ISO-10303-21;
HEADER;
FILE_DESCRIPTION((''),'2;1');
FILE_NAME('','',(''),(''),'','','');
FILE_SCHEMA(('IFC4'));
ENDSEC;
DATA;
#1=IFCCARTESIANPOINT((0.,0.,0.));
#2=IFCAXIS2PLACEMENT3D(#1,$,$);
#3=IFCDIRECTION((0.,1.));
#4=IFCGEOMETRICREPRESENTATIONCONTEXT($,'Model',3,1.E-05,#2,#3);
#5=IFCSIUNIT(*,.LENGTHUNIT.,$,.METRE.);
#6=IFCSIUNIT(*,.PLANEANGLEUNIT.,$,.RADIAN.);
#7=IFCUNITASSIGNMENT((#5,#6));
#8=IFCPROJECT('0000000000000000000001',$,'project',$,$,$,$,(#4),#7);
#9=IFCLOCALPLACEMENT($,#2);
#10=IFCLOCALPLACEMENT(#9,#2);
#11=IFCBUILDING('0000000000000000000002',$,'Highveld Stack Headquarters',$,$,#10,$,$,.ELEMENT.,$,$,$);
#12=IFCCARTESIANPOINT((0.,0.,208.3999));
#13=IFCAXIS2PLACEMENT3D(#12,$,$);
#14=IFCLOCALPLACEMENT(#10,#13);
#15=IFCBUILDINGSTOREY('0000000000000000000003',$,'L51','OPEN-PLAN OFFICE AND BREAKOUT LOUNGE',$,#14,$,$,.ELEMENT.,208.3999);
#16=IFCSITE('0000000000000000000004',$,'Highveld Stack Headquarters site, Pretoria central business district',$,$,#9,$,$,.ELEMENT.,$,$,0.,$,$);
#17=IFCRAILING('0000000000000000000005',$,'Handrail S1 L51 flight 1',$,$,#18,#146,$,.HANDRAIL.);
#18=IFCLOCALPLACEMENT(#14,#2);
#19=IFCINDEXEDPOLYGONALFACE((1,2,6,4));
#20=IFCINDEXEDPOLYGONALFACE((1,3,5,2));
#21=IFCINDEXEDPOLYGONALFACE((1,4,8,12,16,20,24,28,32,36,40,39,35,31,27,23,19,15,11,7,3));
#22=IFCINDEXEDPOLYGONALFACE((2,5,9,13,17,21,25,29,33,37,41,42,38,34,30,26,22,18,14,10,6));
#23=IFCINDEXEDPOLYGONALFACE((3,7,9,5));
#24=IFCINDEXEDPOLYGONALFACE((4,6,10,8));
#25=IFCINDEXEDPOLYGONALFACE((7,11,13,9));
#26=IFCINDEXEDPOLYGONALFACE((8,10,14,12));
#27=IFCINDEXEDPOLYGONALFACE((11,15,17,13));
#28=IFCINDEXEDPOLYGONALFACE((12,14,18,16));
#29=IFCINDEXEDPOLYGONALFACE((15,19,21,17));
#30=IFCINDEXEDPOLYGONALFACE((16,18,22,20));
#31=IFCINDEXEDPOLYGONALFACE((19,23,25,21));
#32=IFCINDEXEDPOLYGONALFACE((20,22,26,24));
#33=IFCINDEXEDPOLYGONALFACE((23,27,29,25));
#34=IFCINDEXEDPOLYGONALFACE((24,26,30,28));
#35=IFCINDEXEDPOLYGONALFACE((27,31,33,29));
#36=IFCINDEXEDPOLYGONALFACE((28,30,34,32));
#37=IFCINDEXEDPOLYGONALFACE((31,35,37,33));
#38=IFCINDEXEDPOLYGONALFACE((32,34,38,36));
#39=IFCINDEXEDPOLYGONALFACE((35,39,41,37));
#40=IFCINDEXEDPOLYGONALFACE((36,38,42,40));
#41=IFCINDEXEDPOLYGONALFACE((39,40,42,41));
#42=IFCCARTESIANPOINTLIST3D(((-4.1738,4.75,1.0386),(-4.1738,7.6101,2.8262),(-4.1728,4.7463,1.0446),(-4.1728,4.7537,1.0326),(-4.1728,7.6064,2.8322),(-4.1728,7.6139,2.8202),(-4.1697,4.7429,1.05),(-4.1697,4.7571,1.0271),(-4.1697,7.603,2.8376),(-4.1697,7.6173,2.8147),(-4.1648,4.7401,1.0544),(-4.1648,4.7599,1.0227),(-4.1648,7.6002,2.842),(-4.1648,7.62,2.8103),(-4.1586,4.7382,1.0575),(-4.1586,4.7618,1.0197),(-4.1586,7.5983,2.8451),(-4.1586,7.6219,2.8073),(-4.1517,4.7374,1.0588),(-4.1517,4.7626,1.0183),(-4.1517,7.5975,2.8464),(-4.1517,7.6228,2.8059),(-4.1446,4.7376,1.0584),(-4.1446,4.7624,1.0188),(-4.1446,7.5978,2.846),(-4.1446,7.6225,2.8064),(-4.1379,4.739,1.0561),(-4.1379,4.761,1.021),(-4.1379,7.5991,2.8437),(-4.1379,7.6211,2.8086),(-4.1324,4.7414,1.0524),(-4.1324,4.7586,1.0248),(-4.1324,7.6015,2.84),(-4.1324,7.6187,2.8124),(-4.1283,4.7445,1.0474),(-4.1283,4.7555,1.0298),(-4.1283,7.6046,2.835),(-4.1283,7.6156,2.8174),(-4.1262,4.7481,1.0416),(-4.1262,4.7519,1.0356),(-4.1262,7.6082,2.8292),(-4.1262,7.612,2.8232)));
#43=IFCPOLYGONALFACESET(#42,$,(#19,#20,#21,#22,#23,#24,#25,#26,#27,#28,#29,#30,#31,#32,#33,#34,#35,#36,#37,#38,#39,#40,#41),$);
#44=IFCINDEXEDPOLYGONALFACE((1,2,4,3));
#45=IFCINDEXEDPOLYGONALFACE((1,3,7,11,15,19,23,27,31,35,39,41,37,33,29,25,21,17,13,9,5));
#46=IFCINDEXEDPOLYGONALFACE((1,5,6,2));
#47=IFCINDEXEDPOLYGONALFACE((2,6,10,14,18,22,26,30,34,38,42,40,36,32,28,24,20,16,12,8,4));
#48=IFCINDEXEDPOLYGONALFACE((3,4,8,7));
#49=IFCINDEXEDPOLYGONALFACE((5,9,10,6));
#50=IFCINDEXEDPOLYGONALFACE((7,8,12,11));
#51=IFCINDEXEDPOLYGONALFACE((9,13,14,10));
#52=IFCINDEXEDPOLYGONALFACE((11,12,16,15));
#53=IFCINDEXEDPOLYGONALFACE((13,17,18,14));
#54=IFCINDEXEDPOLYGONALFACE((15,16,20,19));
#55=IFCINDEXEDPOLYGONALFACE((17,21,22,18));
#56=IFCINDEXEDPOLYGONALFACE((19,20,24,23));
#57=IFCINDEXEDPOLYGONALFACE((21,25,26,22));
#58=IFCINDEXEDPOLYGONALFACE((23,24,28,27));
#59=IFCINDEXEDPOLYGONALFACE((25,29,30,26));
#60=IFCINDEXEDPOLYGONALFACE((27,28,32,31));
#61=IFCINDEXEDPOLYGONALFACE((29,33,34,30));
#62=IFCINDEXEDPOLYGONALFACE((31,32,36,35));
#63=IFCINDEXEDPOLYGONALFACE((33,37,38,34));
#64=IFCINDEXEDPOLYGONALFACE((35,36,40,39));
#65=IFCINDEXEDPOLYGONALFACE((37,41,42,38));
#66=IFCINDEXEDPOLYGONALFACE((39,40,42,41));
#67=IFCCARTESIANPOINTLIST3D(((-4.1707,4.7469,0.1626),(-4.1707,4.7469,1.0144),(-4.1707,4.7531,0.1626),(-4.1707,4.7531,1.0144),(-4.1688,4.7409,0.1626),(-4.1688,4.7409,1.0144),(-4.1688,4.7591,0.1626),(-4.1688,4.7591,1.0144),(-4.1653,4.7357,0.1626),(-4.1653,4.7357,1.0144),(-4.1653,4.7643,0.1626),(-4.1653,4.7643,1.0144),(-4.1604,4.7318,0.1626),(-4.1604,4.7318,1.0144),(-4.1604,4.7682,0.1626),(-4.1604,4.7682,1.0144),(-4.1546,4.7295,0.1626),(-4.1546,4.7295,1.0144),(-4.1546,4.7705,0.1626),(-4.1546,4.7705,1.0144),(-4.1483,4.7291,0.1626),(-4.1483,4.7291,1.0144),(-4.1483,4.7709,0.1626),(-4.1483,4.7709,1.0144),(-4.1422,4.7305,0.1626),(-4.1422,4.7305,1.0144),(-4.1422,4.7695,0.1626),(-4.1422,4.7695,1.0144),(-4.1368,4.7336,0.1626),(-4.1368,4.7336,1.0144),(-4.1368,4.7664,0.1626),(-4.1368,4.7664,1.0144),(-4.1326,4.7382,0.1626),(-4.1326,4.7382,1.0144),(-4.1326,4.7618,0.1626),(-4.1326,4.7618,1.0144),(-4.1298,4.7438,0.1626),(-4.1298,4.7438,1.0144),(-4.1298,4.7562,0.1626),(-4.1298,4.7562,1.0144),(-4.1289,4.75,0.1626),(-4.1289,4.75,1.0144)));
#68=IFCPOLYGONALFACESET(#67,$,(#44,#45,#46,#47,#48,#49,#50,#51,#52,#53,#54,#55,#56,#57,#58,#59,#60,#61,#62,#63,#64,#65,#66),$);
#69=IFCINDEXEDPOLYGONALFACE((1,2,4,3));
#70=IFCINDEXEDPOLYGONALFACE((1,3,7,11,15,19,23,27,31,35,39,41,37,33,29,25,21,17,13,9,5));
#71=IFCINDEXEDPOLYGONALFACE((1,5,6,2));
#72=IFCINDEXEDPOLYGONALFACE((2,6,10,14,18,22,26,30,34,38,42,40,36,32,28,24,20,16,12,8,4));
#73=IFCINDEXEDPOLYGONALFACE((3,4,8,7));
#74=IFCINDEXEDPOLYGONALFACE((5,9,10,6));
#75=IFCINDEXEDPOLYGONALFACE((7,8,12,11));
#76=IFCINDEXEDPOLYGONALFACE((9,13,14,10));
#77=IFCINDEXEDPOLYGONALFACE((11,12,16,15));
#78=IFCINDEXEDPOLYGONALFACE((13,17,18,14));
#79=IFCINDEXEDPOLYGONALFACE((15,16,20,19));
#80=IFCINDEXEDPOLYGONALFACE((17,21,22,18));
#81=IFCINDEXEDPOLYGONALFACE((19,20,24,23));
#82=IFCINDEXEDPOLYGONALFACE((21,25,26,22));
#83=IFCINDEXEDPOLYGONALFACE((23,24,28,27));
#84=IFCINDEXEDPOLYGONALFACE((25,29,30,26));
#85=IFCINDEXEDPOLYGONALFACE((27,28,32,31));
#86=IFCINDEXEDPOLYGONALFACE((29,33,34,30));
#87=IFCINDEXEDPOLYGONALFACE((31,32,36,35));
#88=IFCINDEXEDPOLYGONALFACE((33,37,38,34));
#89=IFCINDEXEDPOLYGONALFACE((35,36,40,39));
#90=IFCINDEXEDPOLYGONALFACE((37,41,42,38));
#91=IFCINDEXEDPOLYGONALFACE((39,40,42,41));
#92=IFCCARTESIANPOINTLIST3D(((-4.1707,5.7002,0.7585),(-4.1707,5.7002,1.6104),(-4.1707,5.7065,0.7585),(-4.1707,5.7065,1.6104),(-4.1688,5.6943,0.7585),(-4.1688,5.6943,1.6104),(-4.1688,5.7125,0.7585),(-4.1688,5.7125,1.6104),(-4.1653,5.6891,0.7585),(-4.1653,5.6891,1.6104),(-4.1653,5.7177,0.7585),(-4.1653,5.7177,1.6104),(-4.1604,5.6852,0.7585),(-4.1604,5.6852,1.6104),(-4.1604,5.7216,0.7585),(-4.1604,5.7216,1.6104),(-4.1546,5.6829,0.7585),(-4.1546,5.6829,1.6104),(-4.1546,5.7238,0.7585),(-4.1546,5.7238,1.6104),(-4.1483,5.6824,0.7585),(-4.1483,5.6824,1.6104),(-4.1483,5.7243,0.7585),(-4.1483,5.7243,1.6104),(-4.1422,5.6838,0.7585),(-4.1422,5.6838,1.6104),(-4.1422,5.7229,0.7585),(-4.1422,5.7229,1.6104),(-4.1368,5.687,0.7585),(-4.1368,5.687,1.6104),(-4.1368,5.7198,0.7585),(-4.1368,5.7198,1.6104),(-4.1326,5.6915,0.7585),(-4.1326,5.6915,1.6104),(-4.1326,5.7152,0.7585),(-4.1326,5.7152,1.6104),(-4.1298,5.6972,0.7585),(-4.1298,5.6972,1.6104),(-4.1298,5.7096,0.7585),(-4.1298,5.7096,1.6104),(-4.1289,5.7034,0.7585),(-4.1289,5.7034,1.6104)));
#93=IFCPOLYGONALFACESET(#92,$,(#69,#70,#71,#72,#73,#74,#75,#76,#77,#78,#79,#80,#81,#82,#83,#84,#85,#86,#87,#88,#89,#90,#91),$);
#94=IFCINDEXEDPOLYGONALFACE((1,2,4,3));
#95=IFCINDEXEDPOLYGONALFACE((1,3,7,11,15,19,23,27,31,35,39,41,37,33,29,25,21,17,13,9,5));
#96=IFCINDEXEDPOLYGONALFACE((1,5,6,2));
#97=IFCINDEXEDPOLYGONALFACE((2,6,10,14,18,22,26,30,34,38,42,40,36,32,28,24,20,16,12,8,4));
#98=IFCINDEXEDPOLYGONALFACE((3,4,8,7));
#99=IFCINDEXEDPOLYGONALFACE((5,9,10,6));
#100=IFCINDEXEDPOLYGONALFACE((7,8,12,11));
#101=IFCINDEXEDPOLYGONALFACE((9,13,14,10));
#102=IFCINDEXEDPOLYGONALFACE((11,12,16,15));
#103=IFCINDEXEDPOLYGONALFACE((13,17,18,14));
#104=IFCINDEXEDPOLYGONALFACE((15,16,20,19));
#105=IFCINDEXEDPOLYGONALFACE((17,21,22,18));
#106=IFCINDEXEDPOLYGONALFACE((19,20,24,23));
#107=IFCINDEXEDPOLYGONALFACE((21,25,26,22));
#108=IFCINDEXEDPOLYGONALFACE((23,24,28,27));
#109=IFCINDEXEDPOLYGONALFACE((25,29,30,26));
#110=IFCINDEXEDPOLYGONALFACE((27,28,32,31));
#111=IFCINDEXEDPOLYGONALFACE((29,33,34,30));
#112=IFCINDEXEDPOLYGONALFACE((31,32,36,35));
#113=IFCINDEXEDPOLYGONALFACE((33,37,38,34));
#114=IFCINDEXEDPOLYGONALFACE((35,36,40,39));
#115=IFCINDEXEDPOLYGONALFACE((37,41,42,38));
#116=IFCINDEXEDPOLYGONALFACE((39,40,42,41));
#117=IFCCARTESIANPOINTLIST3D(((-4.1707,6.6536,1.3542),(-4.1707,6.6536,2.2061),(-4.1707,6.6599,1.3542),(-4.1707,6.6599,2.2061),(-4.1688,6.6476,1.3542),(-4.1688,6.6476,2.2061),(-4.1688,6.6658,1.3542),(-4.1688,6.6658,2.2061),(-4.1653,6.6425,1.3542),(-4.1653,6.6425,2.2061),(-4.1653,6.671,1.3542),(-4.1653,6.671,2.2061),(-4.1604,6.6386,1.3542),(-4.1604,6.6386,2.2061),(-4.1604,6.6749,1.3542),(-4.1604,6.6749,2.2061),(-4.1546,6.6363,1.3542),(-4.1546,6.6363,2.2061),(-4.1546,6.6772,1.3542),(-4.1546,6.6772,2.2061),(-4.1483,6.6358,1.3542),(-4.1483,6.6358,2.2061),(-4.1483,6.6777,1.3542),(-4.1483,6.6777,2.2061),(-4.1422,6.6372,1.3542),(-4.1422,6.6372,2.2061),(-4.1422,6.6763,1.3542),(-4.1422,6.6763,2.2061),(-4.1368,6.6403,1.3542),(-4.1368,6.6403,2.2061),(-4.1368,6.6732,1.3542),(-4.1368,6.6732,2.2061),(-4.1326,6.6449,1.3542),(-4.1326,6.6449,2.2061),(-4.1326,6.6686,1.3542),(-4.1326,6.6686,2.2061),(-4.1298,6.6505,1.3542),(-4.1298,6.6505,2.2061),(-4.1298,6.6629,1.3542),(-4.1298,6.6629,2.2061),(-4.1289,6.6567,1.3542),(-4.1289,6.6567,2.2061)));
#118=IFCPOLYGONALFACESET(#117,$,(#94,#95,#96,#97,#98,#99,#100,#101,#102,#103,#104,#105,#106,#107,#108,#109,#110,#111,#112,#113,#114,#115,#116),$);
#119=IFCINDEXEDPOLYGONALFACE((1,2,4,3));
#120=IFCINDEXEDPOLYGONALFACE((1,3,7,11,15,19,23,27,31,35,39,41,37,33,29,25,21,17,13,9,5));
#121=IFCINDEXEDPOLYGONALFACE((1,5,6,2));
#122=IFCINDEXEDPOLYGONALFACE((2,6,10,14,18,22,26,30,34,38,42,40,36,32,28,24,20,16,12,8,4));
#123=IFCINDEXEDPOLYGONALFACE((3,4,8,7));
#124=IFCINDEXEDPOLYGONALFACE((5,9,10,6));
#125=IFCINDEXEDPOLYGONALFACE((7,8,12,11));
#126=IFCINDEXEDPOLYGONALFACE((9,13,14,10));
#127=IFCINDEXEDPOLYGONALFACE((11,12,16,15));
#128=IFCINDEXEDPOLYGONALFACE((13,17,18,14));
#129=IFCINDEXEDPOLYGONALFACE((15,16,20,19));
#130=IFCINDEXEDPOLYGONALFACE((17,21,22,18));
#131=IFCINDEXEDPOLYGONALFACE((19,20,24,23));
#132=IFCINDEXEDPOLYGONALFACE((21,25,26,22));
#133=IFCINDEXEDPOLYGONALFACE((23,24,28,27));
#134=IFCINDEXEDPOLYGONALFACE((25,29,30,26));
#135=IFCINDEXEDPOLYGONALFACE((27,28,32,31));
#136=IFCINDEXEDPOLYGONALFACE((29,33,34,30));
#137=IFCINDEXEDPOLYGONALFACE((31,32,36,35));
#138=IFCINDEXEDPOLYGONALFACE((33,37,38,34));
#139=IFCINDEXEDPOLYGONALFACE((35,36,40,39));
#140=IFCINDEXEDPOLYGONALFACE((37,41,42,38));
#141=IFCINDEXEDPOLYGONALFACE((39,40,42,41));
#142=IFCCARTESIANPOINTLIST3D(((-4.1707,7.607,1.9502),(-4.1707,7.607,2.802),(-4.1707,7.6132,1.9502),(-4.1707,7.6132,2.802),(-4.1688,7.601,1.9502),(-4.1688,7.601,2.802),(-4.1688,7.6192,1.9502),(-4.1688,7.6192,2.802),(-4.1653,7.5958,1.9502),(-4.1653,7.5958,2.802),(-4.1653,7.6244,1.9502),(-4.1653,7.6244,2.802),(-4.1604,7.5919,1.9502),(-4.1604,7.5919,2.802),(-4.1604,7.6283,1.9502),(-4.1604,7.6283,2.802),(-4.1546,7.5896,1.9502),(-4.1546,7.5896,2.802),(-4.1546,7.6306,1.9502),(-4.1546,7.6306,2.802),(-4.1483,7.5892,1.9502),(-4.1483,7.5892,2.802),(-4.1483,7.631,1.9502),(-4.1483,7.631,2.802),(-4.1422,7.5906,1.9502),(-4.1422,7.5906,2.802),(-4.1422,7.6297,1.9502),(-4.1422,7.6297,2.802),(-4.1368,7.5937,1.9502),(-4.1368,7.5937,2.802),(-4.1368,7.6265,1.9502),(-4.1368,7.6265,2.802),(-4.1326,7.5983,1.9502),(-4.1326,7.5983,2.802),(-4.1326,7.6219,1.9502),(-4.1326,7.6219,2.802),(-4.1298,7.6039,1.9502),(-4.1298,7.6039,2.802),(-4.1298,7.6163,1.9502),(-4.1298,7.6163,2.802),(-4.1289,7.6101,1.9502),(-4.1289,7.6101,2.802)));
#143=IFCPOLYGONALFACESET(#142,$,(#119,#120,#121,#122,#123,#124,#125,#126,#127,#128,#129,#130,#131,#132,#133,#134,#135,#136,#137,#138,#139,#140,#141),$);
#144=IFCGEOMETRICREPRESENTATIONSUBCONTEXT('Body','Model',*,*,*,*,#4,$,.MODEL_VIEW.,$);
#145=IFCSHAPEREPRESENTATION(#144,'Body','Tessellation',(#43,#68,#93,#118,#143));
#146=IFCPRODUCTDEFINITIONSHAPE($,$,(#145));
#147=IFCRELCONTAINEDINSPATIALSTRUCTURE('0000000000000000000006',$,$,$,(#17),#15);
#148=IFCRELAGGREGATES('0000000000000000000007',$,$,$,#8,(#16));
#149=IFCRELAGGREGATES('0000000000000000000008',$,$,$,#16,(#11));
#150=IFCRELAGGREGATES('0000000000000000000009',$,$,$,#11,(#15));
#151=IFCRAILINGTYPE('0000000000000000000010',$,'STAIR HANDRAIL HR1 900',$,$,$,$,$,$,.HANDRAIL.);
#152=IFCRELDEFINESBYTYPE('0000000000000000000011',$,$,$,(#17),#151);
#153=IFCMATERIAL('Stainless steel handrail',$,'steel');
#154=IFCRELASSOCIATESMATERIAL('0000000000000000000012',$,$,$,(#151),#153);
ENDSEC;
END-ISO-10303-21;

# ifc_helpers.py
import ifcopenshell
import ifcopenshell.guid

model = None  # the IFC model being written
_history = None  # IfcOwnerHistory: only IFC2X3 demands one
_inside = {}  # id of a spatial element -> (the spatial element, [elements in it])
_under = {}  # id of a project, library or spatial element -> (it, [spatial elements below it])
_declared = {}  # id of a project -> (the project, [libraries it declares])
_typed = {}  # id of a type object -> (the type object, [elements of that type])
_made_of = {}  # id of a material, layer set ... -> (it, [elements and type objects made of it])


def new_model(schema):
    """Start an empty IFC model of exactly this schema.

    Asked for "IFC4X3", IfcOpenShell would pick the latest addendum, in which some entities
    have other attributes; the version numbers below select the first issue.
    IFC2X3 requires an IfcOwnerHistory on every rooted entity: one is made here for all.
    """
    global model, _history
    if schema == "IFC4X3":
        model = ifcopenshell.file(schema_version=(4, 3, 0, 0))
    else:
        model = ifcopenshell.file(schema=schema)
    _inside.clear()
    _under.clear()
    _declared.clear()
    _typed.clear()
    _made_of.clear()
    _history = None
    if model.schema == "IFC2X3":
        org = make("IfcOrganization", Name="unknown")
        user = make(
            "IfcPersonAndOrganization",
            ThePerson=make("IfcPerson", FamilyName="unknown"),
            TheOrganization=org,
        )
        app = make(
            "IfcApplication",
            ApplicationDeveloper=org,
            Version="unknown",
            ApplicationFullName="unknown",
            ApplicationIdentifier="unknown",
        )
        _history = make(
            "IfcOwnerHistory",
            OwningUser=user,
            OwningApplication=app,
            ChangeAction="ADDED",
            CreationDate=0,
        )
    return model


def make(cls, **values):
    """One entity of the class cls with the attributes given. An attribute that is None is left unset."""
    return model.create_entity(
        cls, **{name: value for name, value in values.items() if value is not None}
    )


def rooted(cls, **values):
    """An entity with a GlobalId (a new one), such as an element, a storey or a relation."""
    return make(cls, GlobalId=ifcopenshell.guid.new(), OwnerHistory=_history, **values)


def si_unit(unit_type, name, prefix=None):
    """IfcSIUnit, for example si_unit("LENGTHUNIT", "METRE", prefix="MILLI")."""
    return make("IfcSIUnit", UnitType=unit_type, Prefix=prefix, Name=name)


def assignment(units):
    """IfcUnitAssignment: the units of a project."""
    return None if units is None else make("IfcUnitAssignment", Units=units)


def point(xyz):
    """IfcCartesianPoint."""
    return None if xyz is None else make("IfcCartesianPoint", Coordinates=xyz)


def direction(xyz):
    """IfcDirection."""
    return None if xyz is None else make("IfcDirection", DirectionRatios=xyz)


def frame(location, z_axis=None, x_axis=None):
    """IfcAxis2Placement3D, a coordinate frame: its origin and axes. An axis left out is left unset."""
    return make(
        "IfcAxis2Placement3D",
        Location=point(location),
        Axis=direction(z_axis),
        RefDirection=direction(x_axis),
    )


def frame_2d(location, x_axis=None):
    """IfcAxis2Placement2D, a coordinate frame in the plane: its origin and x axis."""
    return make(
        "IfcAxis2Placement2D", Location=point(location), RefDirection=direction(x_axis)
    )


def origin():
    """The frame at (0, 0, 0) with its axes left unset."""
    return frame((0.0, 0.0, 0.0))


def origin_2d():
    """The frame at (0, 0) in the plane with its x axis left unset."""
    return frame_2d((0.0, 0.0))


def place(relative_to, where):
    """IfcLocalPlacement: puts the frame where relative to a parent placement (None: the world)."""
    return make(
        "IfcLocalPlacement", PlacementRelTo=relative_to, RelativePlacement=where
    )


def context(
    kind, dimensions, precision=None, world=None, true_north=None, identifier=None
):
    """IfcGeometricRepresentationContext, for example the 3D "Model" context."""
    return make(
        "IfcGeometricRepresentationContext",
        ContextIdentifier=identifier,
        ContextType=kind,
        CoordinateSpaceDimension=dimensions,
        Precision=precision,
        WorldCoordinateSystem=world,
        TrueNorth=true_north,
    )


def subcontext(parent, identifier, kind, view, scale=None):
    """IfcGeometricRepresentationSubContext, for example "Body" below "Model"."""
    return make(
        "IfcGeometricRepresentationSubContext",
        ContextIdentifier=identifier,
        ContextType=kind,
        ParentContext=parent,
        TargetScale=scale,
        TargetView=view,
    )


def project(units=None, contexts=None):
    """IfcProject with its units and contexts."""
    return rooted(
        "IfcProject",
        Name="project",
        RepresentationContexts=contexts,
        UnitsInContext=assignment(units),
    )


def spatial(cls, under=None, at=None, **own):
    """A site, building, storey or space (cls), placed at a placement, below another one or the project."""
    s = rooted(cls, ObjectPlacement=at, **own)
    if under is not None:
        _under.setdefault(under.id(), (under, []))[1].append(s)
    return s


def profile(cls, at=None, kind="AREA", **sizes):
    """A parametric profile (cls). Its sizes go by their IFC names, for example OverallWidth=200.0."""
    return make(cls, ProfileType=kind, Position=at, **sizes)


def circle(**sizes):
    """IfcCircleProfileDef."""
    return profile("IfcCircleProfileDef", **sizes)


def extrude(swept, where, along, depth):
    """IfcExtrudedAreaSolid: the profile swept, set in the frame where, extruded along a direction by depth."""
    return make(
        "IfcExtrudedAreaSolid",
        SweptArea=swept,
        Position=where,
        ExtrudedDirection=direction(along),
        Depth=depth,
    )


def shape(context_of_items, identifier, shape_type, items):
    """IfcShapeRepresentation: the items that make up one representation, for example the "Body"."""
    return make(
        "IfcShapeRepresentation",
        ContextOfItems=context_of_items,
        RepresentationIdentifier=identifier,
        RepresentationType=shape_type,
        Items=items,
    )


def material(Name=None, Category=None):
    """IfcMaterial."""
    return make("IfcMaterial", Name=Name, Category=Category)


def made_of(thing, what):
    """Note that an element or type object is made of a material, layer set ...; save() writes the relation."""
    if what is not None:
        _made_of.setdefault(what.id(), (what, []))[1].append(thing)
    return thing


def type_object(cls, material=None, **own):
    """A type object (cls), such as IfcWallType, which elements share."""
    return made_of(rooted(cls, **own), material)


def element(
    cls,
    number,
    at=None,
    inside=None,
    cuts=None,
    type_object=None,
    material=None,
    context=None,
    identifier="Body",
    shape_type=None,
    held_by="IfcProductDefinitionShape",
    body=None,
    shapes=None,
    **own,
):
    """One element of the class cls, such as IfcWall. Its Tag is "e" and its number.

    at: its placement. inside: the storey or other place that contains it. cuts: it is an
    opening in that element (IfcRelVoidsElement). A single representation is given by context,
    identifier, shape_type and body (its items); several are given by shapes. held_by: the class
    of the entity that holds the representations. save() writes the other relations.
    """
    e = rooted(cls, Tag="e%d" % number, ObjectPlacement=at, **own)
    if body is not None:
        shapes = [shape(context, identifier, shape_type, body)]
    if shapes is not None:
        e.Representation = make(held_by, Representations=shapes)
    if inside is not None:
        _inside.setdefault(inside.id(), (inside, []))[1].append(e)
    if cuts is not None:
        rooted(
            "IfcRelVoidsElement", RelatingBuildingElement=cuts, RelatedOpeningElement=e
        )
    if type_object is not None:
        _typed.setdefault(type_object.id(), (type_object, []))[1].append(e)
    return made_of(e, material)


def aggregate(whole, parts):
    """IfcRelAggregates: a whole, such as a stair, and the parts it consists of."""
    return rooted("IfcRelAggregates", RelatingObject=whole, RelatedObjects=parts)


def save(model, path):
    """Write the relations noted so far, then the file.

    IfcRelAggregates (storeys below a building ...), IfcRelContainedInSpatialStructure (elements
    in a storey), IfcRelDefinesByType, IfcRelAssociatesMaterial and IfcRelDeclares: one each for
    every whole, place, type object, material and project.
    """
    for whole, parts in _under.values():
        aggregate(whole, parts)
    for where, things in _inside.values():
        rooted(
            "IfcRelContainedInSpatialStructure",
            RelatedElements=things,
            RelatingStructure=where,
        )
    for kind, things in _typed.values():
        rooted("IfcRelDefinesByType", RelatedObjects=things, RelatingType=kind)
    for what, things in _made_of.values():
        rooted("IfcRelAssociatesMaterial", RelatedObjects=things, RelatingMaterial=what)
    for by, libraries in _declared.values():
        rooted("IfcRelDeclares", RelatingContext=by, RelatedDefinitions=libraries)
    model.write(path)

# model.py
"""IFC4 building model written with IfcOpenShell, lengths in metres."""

from ifc_helpers import new_model, si_unit, direction, frame, origin, origin_2d, place, context, subcontext, project, spatial, circle, extrude, material, type_object, element, save


model = new_model("IFC4")

# Units and contexts
model_context = context("Model", 3, precision=1e-05, world=origin(), true_north=direction((0.0, 1.0)))
body_context = subcontext(model_context, "Body", "Model", "MODEL_VIEW")
ifc_project = project(units=[si_unit("LENGTHUNIT", "METRE"), si_unit("PLANEANGLEUNIT", "RADIAN")], contexts=[model_context])

# Site, building, storey
site_placement = place(None, origin())
site = spatial("IfcSite", under=ifc_project, at=site_placement, Name="Highveld Stack Headquarters site, Pretoria central business district", CompositionType="ELEMENT", RefElevation=0.0)
building_placement = place(site_placement, origin())
building = spatial("IfcBuilding", under=site, at=building_placement, Name="Highveld Stack Headquarters", CompositionType="ELEMENT")
storey_placement = place(building_placement, frame((0.0, 0.0, 208.3999)))
storey = spatial("IfcBuildingStorey", under=building, at=storey_placement, Name="L51", Description="OPEN-PLAN OFFICE AND BREAKOUT LOUNGE", CompositionType="ELEMENT", Elevation=208.3999)

# Railing
ifc_material_1 = material(Name="Stainless steel handrail", Category="steel")
railing_type = type_object("IfcRailingType", Name="STAIR HANDRAIL HR1 900", PredefinedType="HANDRAIL", material=ifc_material_1)
for number, where, name in (
    (1, (-4.1499, 4.75, 0.1626), "Handrail S1 L51 flight 1"),
):
    element("IfcRailing", number, at=place(storey_placement, frame(where)), inside=storey, type_object=railing_type, Name=name, PredefinedType="HANDRAIL", context=body_context, shape_type="SweptSolid", body=[
        extrude(circle(Radius=0.0239, at=origin_2d()), frame((0.0, 0.0, 0.876), z_axis=(0.0, 0.847994, 0.530005), x_axis=(-1.0, 0.0, 0.0)), (0.0, 0.0, 1.0), 3.3728),
        extrude(circle(Radius=0.021, at=origin_2d()), origin(), (0.0, 0.0, 1.0), 0.8518),
        extrude(circle(Radius=0.021, at=origin_2d()), frame((0.0, 0.9534, 0.5959)), (0.0, 0.0, 1.0), 0.8518),
        extrude(circle(Radius=0.021, at=origin_2d()), frame((0.0, 1.9067, 1.1917)), (0.0, 0.0, 1.0), 0.8518),
        extrude(circle(Radius=0.021, at=origin_2d()), frame((0.0, 2.8601, 1.7876)), (0.0, 0.0, 1.0), 0.8518),
    ])

save(model, "model.ifc")
